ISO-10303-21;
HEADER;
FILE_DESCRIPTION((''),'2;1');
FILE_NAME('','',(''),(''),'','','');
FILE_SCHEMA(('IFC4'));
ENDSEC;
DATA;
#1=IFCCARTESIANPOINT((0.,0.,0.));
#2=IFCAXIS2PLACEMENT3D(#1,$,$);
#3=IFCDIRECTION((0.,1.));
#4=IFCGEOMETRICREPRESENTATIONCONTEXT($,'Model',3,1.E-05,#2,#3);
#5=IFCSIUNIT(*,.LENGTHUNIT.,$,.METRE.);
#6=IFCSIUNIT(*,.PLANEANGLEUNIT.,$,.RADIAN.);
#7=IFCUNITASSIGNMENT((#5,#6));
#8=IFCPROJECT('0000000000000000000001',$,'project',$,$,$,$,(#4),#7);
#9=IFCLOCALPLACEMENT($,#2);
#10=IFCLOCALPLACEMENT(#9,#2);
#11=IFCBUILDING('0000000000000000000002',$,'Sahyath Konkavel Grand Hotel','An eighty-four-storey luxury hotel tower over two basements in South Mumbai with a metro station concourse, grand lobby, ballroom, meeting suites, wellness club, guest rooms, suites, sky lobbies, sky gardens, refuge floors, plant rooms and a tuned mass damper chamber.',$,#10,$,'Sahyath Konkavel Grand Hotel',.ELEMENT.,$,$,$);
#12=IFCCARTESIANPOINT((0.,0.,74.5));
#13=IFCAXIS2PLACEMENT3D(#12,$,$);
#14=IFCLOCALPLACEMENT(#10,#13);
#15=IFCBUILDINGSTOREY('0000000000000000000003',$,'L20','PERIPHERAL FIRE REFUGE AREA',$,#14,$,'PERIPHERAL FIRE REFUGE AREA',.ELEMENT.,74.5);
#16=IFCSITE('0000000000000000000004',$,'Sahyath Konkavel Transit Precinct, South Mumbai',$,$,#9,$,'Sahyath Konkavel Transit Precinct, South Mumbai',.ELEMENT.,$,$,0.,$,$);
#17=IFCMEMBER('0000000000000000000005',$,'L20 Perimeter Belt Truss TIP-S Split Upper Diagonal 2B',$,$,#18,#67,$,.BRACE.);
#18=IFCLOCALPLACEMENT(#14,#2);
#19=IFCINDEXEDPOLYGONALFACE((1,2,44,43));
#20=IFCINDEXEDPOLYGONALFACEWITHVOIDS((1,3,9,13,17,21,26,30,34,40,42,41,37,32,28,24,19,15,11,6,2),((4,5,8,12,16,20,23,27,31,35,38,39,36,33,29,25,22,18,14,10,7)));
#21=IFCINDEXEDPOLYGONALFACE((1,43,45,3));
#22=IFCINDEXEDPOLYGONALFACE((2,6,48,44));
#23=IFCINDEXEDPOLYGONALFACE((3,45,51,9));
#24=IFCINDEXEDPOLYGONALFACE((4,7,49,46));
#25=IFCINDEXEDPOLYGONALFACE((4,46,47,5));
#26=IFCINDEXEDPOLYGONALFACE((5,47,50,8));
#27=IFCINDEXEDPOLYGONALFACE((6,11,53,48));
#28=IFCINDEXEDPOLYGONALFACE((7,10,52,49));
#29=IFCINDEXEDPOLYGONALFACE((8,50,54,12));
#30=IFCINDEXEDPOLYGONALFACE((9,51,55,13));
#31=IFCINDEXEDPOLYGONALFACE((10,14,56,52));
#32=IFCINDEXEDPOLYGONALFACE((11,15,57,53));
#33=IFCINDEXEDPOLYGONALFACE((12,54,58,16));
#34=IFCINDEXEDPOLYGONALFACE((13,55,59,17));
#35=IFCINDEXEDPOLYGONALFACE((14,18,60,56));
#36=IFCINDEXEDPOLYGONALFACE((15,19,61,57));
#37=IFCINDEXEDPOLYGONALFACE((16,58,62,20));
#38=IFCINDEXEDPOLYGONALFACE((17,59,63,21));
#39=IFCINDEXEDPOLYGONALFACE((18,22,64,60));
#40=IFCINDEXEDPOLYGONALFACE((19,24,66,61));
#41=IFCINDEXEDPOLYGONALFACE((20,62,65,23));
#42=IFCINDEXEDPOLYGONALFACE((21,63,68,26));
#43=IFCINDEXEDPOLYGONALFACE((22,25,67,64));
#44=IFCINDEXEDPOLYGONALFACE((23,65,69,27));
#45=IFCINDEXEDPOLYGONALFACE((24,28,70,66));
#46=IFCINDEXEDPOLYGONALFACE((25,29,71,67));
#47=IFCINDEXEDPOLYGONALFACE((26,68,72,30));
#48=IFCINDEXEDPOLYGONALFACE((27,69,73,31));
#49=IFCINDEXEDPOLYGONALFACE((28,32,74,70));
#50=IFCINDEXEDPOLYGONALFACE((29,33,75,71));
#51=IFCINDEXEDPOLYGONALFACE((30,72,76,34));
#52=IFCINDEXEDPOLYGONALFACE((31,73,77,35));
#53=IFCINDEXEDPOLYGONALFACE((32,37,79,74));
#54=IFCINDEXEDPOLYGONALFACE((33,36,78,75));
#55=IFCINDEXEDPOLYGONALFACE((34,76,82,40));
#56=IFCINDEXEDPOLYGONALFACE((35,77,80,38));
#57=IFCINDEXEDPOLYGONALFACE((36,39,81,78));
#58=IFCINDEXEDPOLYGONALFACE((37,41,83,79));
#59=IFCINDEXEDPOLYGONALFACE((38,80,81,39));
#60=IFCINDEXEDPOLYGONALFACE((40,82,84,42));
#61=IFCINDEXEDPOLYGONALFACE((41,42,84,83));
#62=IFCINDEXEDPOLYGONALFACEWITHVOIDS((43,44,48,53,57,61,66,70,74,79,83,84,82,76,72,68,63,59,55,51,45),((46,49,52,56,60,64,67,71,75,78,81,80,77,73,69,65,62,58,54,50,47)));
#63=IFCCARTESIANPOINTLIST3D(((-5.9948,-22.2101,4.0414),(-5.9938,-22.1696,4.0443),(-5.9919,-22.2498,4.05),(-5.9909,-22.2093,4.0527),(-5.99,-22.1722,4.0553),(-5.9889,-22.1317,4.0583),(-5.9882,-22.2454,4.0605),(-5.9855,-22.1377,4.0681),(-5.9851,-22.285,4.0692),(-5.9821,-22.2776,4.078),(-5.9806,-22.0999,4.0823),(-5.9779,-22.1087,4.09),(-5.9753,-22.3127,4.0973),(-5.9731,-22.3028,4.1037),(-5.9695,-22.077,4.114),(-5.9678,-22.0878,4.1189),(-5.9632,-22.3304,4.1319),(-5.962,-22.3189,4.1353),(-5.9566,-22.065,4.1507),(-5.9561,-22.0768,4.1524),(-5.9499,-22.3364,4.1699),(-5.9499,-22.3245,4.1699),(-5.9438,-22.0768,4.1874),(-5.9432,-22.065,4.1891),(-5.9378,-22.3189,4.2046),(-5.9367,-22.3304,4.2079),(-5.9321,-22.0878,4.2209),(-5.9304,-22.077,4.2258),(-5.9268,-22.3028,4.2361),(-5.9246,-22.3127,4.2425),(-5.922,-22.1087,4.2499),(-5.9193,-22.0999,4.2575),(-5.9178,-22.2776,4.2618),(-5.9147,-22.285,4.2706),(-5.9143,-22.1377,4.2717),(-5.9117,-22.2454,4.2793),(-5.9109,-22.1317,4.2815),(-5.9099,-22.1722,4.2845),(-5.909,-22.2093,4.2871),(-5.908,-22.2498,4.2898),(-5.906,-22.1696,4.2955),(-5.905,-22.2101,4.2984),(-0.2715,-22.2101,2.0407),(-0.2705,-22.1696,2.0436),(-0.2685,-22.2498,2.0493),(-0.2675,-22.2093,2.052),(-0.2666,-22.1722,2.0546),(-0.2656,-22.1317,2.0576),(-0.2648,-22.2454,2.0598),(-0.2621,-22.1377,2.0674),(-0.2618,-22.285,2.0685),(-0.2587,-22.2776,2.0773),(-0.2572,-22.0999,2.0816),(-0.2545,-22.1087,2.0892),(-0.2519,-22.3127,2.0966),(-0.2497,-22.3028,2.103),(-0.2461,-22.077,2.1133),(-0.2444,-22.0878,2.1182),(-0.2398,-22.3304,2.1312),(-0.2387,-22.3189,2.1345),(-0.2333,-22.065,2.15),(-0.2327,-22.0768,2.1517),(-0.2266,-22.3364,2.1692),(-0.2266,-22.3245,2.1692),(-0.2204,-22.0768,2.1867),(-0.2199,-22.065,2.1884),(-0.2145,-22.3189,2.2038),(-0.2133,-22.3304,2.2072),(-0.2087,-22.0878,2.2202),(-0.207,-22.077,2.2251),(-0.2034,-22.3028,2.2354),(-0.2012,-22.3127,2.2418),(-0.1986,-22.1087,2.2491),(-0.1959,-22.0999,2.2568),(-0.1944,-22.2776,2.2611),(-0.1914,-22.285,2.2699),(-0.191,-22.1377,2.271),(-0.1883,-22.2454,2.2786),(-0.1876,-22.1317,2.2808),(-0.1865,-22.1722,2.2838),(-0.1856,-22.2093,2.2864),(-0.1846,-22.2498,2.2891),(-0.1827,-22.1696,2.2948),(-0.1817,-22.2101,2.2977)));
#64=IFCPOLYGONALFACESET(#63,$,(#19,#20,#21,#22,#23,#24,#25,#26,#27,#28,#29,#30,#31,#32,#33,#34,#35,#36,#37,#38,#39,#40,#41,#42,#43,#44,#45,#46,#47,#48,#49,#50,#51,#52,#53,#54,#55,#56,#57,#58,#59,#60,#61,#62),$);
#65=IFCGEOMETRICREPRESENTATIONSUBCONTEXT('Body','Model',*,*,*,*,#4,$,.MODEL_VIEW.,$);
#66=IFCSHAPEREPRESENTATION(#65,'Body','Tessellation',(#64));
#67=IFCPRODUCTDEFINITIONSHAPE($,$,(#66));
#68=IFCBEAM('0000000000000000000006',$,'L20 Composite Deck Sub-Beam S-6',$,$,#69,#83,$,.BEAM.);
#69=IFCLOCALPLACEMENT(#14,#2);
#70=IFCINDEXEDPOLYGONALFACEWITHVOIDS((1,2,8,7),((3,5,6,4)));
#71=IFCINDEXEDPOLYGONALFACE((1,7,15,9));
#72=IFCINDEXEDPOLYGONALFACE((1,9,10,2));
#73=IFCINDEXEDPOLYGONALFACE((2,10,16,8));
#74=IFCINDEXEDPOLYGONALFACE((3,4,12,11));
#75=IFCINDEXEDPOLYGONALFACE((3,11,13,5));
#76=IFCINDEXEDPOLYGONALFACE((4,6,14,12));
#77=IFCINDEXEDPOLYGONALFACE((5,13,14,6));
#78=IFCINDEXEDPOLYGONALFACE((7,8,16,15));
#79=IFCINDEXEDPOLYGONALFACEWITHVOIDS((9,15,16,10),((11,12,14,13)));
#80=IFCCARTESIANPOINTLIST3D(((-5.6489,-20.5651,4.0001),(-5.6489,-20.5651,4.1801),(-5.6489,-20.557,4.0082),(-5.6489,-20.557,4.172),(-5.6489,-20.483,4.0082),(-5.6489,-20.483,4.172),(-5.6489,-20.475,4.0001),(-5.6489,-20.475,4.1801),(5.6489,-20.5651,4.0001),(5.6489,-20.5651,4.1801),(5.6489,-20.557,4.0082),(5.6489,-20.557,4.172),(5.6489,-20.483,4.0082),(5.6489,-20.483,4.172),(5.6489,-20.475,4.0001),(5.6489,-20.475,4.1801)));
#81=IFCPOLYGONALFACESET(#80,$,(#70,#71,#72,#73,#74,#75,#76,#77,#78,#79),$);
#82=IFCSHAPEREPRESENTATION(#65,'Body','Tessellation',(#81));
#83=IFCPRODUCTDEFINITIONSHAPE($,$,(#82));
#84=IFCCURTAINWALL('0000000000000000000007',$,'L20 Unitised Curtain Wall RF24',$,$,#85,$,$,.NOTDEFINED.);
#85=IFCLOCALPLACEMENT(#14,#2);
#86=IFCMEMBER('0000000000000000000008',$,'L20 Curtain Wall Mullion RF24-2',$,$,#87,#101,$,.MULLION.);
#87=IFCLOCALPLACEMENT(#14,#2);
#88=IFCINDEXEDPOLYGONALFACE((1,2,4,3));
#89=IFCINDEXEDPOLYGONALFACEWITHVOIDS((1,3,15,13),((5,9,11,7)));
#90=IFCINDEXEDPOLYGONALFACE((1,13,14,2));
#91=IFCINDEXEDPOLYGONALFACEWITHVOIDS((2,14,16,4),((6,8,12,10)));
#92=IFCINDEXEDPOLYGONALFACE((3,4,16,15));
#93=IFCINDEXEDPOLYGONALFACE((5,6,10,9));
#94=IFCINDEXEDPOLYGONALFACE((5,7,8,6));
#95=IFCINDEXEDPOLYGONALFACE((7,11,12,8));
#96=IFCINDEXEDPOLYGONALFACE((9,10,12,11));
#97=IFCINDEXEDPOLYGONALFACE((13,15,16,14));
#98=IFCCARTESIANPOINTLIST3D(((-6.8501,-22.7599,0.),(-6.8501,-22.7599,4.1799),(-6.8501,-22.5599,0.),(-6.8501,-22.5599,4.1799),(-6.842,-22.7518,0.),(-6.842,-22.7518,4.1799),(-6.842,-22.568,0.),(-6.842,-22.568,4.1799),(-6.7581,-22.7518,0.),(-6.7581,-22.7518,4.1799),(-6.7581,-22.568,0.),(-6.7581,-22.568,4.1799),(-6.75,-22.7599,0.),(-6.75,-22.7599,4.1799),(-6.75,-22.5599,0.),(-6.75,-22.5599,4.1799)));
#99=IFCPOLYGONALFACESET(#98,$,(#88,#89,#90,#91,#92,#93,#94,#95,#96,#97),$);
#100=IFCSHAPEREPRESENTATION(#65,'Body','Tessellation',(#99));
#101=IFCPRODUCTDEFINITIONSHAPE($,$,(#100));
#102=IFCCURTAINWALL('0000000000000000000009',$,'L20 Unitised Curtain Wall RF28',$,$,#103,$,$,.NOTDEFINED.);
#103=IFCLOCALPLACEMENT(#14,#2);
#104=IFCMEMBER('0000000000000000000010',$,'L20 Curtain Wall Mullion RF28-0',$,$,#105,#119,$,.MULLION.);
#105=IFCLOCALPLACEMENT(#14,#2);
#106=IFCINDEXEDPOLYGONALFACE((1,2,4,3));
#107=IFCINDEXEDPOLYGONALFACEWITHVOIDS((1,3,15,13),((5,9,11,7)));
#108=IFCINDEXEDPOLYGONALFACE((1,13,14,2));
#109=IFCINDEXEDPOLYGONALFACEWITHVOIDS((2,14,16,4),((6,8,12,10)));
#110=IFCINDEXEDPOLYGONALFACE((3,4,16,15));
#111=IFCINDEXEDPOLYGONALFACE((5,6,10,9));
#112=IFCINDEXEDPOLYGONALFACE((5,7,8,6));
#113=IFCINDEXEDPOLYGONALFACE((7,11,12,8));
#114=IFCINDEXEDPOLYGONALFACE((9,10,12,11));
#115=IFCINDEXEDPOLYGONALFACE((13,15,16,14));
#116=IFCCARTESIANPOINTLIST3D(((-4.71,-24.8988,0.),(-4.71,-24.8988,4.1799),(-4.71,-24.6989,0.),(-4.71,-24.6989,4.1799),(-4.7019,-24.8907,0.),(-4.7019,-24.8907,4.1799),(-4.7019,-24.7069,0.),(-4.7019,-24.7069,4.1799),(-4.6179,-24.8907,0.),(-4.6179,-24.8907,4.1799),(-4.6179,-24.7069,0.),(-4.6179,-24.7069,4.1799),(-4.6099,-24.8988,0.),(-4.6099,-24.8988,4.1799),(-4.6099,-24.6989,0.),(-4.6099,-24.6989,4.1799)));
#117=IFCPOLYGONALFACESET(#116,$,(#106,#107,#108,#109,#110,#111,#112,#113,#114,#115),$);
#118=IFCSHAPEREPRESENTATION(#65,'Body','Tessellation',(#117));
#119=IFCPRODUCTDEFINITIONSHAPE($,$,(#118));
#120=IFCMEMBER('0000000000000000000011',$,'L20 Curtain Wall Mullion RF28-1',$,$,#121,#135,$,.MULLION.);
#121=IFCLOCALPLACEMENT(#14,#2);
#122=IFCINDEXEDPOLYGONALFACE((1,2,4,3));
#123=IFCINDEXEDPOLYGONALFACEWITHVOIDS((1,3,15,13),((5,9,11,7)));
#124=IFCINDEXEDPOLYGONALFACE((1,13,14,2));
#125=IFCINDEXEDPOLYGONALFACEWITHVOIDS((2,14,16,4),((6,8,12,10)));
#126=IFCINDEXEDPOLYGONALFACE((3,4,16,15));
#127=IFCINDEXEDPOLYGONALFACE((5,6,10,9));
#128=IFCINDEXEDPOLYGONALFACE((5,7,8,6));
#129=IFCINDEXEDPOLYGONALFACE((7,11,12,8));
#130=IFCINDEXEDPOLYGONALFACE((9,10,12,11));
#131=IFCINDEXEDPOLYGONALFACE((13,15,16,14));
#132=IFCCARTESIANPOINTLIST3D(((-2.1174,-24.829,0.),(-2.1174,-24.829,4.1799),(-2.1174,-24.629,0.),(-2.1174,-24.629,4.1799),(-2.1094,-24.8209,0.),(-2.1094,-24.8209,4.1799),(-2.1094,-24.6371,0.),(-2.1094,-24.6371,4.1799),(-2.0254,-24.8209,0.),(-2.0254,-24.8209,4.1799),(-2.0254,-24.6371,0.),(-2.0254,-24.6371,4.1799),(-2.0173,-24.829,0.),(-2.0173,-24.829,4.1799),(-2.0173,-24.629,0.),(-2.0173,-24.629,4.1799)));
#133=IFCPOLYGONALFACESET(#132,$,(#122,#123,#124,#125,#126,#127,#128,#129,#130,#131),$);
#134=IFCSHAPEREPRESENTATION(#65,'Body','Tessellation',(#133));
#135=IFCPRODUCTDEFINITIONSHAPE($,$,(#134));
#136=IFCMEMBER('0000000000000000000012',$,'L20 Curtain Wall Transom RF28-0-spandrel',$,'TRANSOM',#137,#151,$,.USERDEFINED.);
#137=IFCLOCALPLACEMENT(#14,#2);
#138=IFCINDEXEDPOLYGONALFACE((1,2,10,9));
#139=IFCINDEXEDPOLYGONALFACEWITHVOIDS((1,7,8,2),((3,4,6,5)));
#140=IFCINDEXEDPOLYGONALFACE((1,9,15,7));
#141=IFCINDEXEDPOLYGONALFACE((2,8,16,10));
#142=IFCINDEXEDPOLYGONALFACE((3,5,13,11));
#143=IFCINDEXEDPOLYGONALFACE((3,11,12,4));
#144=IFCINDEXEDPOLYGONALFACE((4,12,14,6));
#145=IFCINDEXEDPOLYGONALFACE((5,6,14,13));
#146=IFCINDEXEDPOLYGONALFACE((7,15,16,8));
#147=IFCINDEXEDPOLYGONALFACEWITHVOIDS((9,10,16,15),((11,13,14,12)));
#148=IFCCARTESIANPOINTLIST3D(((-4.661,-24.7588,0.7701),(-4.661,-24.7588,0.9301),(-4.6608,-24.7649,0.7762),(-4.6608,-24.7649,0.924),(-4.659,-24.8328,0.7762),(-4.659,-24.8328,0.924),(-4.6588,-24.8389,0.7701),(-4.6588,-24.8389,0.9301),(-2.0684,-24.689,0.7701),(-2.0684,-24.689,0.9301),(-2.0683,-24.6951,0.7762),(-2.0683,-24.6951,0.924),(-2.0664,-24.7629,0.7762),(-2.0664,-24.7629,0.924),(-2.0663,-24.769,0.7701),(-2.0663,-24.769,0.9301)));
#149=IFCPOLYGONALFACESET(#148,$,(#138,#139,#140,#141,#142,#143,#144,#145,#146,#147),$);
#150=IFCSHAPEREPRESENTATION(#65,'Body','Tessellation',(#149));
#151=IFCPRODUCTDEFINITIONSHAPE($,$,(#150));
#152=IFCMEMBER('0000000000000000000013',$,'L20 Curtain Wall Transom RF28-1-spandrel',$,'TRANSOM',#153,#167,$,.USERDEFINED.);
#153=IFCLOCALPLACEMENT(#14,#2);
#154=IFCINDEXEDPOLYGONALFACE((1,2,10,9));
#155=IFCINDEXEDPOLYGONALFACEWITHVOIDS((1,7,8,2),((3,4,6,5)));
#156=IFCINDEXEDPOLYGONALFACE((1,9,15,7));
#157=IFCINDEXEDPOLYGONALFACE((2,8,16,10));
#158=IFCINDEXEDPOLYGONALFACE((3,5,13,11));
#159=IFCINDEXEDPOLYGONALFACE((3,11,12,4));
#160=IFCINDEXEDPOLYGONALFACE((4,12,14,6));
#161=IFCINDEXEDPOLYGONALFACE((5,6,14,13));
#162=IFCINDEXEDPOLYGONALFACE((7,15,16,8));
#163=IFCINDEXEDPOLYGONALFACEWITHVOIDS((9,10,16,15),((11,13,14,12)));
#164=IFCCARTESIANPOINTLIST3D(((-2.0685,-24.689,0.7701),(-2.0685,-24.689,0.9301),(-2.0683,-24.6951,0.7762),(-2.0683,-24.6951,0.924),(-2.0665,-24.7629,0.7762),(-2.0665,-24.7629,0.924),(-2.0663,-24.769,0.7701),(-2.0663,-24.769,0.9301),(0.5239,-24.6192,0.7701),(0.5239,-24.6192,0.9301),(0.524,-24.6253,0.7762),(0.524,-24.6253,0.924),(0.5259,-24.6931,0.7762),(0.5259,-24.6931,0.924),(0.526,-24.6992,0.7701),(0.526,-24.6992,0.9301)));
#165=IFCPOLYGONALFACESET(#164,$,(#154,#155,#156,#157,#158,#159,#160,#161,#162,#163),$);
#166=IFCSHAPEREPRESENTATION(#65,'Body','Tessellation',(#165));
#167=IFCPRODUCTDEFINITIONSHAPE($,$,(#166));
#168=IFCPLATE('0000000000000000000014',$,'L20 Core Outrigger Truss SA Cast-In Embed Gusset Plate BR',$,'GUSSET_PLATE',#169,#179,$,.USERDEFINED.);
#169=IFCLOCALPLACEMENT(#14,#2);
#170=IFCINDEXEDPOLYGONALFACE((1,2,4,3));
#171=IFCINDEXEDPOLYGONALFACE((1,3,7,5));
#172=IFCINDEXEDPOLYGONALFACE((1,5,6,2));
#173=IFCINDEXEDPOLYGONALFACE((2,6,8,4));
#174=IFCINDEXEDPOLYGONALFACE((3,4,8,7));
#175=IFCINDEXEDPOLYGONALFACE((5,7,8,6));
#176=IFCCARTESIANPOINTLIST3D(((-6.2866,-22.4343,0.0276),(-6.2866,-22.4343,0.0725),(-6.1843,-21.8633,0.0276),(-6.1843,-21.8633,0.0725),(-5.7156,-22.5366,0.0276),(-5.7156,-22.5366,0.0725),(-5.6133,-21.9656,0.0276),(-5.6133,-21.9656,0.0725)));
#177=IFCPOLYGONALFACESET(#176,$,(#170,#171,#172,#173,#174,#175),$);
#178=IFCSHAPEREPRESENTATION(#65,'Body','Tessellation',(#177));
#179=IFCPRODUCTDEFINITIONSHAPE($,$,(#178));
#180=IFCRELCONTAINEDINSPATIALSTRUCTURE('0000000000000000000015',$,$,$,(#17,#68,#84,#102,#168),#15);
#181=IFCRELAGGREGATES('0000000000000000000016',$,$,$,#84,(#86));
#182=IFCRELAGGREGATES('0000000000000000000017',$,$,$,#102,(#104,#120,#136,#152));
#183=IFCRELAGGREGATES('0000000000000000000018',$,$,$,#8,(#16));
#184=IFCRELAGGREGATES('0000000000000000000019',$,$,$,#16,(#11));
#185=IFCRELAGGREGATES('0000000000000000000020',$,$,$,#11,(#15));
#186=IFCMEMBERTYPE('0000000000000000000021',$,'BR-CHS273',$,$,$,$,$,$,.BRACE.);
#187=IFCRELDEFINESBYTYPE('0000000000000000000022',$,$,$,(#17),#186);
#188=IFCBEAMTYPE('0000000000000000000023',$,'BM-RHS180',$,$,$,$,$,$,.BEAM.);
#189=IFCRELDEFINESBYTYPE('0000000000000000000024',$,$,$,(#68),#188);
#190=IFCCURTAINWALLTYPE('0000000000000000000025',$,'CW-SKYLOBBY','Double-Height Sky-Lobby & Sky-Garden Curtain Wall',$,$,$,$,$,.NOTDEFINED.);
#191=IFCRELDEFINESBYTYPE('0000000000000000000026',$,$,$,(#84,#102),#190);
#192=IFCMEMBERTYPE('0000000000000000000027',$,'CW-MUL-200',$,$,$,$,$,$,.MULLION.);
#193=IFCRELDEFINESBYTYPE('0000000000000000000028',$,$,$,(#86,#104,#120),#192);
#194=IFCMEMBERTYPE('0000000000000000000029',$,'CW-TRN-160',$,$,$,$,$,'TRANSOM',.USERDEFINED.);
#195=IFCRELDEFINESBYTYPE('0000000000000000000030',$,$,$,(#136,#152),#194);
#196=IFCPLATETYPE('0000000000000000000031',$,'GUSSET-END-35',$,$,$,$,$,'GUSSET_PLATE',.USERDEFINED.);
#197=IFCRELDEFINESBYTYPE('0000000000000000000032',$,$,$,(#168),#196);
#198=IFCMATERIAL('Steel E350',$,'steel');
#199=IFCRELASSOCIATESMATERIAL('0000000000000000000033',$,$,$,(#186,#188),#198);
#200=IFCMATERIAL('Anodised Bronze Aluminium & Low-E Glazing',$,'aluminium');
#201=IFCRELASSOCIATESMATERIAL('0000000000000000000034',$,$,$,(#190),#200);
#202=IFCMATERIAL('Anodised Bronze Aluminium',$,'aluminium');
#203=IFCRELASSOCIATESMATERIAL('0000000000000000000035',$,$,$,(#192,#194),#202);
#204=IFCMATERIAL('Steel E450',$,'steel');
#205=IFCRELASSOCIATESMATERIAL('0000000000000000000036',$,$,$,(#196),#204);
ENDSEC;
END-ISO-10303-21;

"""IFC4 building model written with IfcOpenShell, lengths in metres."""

from ifc_helpers import new_model, si_unit, direction, frame, origin, origin_2d, place, context, subcontext, project, spatial, rectangle, hollow_rectangle, hollow_circle, extrude, source, transform, mapped, material, material_profile, profile_set, type_object, element, aggregate, save


model = new_model("IFC4")

# Units and contexts
model_context = context("Model", 3, precision=1e-05, world=origin(), true_north=direction((0.0, 1.0)))
body_context = subcontext(model_context, "Body", "Model", "MODEL_VIEW")
ifc_project = project(units=[si_unit("LENGTHUNIT", "METRE"), si_unit("PLANEANGLEUNIT", "RADIAN")], contexts=[model_context])

# Site, building, storey
site_placement = place(None, origin())
site = spatial("IfcSite", under=ifc_project, at=site_placement, Name="Sahyath Konkavel Transit Precinct, South Mumbai", LongName="Sahyath Konkavel Transit Precinct, South Mumbai", CompositionType="ELEMENT", RefElevation=0.0)
building_placement = place(site_placement, origin())
building = spatial("IfcBuilding", under=site, at=building_placement, Name="Sahyath Konkavel Grand Hotel", Description="An eighty-four-storey luxury hotel tower over two basements in South Mumbai with a metro station concourse, grand lobby, ballroom, meeting suites, wellness club, guest rooms, suites, sky lobbies, sky gardens, refuge floors, plant rooms and a tuned mass damper chamber.", LongName="Sahyath Konkavel Grand Hotel", CompositionType="ELEMENT")
storey_placement = place(building_placement, frame((0.0, 0.0, 74.5)))
storey = spatial("IfcBuildingStorey", under=building, at=storey_placement, Name="L20", Description="PERIPHERAL FIRE REFUGE AREA", LongName="PERIPHERAL FIRE REFUGE AREA", CompositionType="ELEMENT", Elevation=74.5)

# Shared definitions
ifc_material_1 = material(Name="Steel E450", Category="steel")

# Member
ifc_material_2 = material(Name="Steel E350", Category="steel")
ifc_material_profile_1 = material_profile(ifc_material_2, hollow_circle(Radius=0.1365, WallThickness=0.012, at=origin_2d()), Name="CHS 273.0x12")
ifc_profile_set_1 = profile_set([ifc_material_profile_1], Name="Steel E350")
member_type_1 = type_object("IfcMemberType", Name="BR-CHS273", PredefinedType="BRACE", material=ifc_profile_set_1)
shared_shape_1 = source(origin(), body_context, "Body", "SweptSolid", [
    extrude(hollow_circle(Radius=0.1365, WallThickness=0.012, at=origin_2d()), origin(), (0.0, 0.0, 1.0), 6.063),
])
member_1_placement = place(storey_placement, frame((-0.2266, -22.2, 2.1692), z_axis=(-0.943984, 0.0, 0.32999), x_axis=(0.0, -1.0, 0.0)))
element("IfcMember", 1, at=member_1_placement, inside=storey, type_object=member_type_1, Name="L20 Perimeter Belt Truss TIP-S Split Upper Diagonal 2B", PredefinedType="BRACE", context=body_context, shape_type="MappedRepresentation", body=[
    mapped(shared_shape_1, transform((0.0, 0.0, 0.0), scale=1.0)),
])

# Beam
ifc_material_profile_2 = material_profile(ifc_material_2, hollow_rectangle(XDim=0.0901, YDim=0.1799, WallThickness=0.0081, at=origin_2d()), Name="RHS 180x90x8")
ifc_profile_set_2 = profile_set([ifc_material_profile_2], Name="Steel E350")
beam_type_1 = type_object("IfcBeamType", Name="BM-RHS180", PredefinedType="BEAM", material=ifc_profile_set_2)
shared_shape_2 = source(origin(), body_context, "Body", "SweptSolid", [
    extrude(hollow_rectangle(XDim=0.0901, YDim=0.1799, WallThickness=0.0081, at=origin_2d()), origin(), (0.0, 0.0, 1.0), 11.2979),
])
beam_1_placement = place(storey_placement, frame((-5.6489, -20.52, 4.0901), z_axis=(1.0, 0.0, 0.0), x_axis=(0.0, 1.0, 0.0)))
element("IfcBeam", 2, at=beam_1_placement, inside=storey, type_object=beam_type_1, Name="L20 Composite Deck Sub-Beam S-6", PredefinedType="BEAM", context=body_context, shape_type="MappedRepresentation", body=[
    mapped(shared_shape_2, transform((0.0, 0.0, 0.0), scale=1.0)),
])

# Curtain wall, member
ifc_material_3 = material(Name="Anodised Bronze Aluminium & Low-E Glazing", Category="aluminium")
curtain_wall_type = type_object("IfcCurtainWallType", Name="CW-SKYLOBBY", Description="Double-Height Sky-Lobby & Sky-Garden Curtain Wall", PredefinedType="NOTDEFINED", material=ifc_material_3)
curtain_wall_1_placement = place(storey_placement, origin())
curtain_wall_1 = element("IfcCurtainWall", 3, at=curtain_wall_1_placement, inside=storey, type_object=curtain_wall_type, Name="L20 Unitised Curtain Wall RF24", PredefinedType="NOTDEFINED")
ifc_material_4 = material(Name="Anodised Bronze Aluminium", Category="aluminium")
ifc_material_profile_3 = material_profile(ifc_material_4, hollow_rectangle(XDim=0.1001, YDim=0.2, WallThickness=0.0081, at=origin_2d()), Name="RHS 200x100x8")
ifc_profile_set_3 = profile_set([ifc_material_profile_3], Name="Anodised Bronze Aluminium")
member_type_2 = type_object("IfcMemberType", Name="CW-MUL-200", PredefinedType="MULLION", material=ifc_profile_set_3)
shared_shape_3 = source(origin(), body_context, "Body", "SweptSolid", [
    extrude(hollow_rectangle(XDim=0.1001, YDim=0.2, WallThickness=0.0081, at=origin_2d()), origin(), (0.0, 0.0, 1.0), 4.1799),
])
member_2_placement = place(storey_placement, frame((-6.8, -22.6599, 0.0), z_axis=(0.0, 0.0, 1.0), x_axis=(1.0, 0.0, 0.0)))
member_2 = element("IfcMember", 4, at=member_2_placement, type_object=member_type_2, Name="L20 Curtain Wall Mullion RF24-2", PredefinedType="MULLION", context=body_context, shape_type="MappedRepresentation", body=[
    mapped(shared_shape_3, transform((0.0, 0.0, 0.0), scale=1.0)),
])
aggregate(curtain_wall_1, [member_2])

# Curtain wall, members
curtain_wall_2_placement = place(storey_placement, origin())
curtain_wall_2 = element("IfcCurtainWall", 5, at=curtain_wall_2_placement, inside=storey, type_object=curtain_wall_type, Name="L20 Unitised Curtain Wall RF28", PredefinedType="NOTDEFINED")
member_3_placement = place(storey_placement, frame((-4.6599, -24.7988, 0.0), z_axis=(0.0, 0.0, 1.0), x_axis=(1.0, 0.0, 0.0)))
member_3 = element("IfcMember", 6, at=member_3_placement, type_object=member_type_2, Name="L20 Curtain Wall Mullion RF28-0", PredefinedType="MULLION", context=body_context, shape_type="MappedRepresentation", body=[
    mapped(shared_shape_3, transform((0.0, 0.0, 0.0), scale=1.0)),
])
member_4_placement = place(storey_placement, frame((-2.0674, -24.729, 0.0), z_axis=(0.0, 0.0, 1.0), x_axis=(1.0, 0.0, 0.0)))
member_4 = element("IfcMember", 7, at=member_4_placement, type_object=member_type_2, Name="L20 Curtain Wall Mullion RF28-1", PredefinedType="MULLION", context=body_context, shape_type="MappedRepresentation", body=[
    mapped(shared_shape_3, transform((0.0, 0.0, 0.0), scale=1.0)),
])
ifc_material_profile_4 = material_profile(ifc_material_4, hollow_rectangle(XDim=0.0801, YDim=0.1599, WallThickness=0.0061, at=origin_2d()), Name="RHS 160x80x6")
ifc_profile_set_4 = profile_set([ifc_material_profile_4], Name="Anodised Bronze Aluminium")
member_type_3 = type_object("IfcMemberType", Name="CW-TRN-160", ElementType="TRANSOM", PredefinedType="USERDEFINED", material=ifc_profile_set_4)
shared_shape_4 = source(origin(), body_context, "Body", "SweptSolid", [
    extrude(hollow_rectangle(XDim=0.0801, YDim=0.1599, WallThickness=0.0061, at=origin_2d()), origin(), (0.0, 0.0, 1.0), 2.5935),
])
member_5_placement = place(storey_placement, frame((-4.6599, -24.7988, 0.8501), z_axis=(0.999638, 0.026923, 0.0), x_axis=(-0.026923, 0.999638, 0.0)))
member_5 = element("IfcMember", 8, at=member_5_placement, type_object=member_type_3, Name="L20 Curtain Wall Transom RF28-0-spandrel", ObjectType="TRANSOM", PredefinedType="USERDEFINED", context=body_context, shape_type="MappedRepresentation", body=[
    mapped(shared_shape_4, transform((0.0, 0.0, 0.0), scale=1.0)),
])
shared_shape_5 = source(origin(), body_context, "Body", "SweptSolid", [
    extrude(hollow_rectangle(XDim=0.0801, YDim=0.1599, WallThickness=0.0061, at=origin_2d()), origin(), (0.0, 0.0, 1.0), 2.5933),
])
member_6_placement = place(storey_placement, frame((-2.0674, -24.729, 0.8501), z_axis=(0.999637, 0.026926, 0.0), x_axis=(-0.026926, 0.999637, 0.0)))
member_6 = element("IfcMember", 9, at=member_6_placement, type_object=member_type_3, Name="L20 Curtain Wall Transom RF28-1-spandrel", ObjectType="TRANSOM", PredefinedType="USERDEFINED", context=body_context, shape_type="MappedRepresentation", body=[
    mapped(shared_shape_5, transform((0.0, 0.0, 0.0), scale=1.0)),
])

# Plate
plate_type_1 = type_object("IfcPlateType", Name="GUSSET-END-35", ElementType="GUSSET_PLATE", PredefinedType="USERDEFINED", material=ifc_material_1)
shared_shape_6 = source(origin(), body_context, "Body", "SweptSolid", [
    extrude(rectangle(XDim=0.5801, YDim=0.5801, at=origin_2d()), origin(), (0.0, 0.0, 1.0), 0.0449),
])
for number, where, z_axis, x_axis, name in (
    (10, (-5.95, -22.2, 0.0276), (0.0, 0.0, 1.0), (-0.176363, -0.984325, 0.0), "L20 Core Outrigger Truss SA Cast-In Embed Gusset Plate BR"),
):
    element("IfcPlate", number, at=place(storey_placement, frame(where, z_axis=z_axis, x_axis=x_axis)), inside=storey, type_object=plate_type_1, Name=name, ObjectType="GUSSET_PLATE", PredefinedType="USERDEFINED", context=body_context, shape_type="MappedRepresentation", body=[
        mapped(shared_shape_6, transform((0.0, 0.0, 0.0), scale=1.0)),
    ])

aggregate(curtain_wall_2, [member_3, member_4, member_5, member_6])

save(model, "model.ifc")
